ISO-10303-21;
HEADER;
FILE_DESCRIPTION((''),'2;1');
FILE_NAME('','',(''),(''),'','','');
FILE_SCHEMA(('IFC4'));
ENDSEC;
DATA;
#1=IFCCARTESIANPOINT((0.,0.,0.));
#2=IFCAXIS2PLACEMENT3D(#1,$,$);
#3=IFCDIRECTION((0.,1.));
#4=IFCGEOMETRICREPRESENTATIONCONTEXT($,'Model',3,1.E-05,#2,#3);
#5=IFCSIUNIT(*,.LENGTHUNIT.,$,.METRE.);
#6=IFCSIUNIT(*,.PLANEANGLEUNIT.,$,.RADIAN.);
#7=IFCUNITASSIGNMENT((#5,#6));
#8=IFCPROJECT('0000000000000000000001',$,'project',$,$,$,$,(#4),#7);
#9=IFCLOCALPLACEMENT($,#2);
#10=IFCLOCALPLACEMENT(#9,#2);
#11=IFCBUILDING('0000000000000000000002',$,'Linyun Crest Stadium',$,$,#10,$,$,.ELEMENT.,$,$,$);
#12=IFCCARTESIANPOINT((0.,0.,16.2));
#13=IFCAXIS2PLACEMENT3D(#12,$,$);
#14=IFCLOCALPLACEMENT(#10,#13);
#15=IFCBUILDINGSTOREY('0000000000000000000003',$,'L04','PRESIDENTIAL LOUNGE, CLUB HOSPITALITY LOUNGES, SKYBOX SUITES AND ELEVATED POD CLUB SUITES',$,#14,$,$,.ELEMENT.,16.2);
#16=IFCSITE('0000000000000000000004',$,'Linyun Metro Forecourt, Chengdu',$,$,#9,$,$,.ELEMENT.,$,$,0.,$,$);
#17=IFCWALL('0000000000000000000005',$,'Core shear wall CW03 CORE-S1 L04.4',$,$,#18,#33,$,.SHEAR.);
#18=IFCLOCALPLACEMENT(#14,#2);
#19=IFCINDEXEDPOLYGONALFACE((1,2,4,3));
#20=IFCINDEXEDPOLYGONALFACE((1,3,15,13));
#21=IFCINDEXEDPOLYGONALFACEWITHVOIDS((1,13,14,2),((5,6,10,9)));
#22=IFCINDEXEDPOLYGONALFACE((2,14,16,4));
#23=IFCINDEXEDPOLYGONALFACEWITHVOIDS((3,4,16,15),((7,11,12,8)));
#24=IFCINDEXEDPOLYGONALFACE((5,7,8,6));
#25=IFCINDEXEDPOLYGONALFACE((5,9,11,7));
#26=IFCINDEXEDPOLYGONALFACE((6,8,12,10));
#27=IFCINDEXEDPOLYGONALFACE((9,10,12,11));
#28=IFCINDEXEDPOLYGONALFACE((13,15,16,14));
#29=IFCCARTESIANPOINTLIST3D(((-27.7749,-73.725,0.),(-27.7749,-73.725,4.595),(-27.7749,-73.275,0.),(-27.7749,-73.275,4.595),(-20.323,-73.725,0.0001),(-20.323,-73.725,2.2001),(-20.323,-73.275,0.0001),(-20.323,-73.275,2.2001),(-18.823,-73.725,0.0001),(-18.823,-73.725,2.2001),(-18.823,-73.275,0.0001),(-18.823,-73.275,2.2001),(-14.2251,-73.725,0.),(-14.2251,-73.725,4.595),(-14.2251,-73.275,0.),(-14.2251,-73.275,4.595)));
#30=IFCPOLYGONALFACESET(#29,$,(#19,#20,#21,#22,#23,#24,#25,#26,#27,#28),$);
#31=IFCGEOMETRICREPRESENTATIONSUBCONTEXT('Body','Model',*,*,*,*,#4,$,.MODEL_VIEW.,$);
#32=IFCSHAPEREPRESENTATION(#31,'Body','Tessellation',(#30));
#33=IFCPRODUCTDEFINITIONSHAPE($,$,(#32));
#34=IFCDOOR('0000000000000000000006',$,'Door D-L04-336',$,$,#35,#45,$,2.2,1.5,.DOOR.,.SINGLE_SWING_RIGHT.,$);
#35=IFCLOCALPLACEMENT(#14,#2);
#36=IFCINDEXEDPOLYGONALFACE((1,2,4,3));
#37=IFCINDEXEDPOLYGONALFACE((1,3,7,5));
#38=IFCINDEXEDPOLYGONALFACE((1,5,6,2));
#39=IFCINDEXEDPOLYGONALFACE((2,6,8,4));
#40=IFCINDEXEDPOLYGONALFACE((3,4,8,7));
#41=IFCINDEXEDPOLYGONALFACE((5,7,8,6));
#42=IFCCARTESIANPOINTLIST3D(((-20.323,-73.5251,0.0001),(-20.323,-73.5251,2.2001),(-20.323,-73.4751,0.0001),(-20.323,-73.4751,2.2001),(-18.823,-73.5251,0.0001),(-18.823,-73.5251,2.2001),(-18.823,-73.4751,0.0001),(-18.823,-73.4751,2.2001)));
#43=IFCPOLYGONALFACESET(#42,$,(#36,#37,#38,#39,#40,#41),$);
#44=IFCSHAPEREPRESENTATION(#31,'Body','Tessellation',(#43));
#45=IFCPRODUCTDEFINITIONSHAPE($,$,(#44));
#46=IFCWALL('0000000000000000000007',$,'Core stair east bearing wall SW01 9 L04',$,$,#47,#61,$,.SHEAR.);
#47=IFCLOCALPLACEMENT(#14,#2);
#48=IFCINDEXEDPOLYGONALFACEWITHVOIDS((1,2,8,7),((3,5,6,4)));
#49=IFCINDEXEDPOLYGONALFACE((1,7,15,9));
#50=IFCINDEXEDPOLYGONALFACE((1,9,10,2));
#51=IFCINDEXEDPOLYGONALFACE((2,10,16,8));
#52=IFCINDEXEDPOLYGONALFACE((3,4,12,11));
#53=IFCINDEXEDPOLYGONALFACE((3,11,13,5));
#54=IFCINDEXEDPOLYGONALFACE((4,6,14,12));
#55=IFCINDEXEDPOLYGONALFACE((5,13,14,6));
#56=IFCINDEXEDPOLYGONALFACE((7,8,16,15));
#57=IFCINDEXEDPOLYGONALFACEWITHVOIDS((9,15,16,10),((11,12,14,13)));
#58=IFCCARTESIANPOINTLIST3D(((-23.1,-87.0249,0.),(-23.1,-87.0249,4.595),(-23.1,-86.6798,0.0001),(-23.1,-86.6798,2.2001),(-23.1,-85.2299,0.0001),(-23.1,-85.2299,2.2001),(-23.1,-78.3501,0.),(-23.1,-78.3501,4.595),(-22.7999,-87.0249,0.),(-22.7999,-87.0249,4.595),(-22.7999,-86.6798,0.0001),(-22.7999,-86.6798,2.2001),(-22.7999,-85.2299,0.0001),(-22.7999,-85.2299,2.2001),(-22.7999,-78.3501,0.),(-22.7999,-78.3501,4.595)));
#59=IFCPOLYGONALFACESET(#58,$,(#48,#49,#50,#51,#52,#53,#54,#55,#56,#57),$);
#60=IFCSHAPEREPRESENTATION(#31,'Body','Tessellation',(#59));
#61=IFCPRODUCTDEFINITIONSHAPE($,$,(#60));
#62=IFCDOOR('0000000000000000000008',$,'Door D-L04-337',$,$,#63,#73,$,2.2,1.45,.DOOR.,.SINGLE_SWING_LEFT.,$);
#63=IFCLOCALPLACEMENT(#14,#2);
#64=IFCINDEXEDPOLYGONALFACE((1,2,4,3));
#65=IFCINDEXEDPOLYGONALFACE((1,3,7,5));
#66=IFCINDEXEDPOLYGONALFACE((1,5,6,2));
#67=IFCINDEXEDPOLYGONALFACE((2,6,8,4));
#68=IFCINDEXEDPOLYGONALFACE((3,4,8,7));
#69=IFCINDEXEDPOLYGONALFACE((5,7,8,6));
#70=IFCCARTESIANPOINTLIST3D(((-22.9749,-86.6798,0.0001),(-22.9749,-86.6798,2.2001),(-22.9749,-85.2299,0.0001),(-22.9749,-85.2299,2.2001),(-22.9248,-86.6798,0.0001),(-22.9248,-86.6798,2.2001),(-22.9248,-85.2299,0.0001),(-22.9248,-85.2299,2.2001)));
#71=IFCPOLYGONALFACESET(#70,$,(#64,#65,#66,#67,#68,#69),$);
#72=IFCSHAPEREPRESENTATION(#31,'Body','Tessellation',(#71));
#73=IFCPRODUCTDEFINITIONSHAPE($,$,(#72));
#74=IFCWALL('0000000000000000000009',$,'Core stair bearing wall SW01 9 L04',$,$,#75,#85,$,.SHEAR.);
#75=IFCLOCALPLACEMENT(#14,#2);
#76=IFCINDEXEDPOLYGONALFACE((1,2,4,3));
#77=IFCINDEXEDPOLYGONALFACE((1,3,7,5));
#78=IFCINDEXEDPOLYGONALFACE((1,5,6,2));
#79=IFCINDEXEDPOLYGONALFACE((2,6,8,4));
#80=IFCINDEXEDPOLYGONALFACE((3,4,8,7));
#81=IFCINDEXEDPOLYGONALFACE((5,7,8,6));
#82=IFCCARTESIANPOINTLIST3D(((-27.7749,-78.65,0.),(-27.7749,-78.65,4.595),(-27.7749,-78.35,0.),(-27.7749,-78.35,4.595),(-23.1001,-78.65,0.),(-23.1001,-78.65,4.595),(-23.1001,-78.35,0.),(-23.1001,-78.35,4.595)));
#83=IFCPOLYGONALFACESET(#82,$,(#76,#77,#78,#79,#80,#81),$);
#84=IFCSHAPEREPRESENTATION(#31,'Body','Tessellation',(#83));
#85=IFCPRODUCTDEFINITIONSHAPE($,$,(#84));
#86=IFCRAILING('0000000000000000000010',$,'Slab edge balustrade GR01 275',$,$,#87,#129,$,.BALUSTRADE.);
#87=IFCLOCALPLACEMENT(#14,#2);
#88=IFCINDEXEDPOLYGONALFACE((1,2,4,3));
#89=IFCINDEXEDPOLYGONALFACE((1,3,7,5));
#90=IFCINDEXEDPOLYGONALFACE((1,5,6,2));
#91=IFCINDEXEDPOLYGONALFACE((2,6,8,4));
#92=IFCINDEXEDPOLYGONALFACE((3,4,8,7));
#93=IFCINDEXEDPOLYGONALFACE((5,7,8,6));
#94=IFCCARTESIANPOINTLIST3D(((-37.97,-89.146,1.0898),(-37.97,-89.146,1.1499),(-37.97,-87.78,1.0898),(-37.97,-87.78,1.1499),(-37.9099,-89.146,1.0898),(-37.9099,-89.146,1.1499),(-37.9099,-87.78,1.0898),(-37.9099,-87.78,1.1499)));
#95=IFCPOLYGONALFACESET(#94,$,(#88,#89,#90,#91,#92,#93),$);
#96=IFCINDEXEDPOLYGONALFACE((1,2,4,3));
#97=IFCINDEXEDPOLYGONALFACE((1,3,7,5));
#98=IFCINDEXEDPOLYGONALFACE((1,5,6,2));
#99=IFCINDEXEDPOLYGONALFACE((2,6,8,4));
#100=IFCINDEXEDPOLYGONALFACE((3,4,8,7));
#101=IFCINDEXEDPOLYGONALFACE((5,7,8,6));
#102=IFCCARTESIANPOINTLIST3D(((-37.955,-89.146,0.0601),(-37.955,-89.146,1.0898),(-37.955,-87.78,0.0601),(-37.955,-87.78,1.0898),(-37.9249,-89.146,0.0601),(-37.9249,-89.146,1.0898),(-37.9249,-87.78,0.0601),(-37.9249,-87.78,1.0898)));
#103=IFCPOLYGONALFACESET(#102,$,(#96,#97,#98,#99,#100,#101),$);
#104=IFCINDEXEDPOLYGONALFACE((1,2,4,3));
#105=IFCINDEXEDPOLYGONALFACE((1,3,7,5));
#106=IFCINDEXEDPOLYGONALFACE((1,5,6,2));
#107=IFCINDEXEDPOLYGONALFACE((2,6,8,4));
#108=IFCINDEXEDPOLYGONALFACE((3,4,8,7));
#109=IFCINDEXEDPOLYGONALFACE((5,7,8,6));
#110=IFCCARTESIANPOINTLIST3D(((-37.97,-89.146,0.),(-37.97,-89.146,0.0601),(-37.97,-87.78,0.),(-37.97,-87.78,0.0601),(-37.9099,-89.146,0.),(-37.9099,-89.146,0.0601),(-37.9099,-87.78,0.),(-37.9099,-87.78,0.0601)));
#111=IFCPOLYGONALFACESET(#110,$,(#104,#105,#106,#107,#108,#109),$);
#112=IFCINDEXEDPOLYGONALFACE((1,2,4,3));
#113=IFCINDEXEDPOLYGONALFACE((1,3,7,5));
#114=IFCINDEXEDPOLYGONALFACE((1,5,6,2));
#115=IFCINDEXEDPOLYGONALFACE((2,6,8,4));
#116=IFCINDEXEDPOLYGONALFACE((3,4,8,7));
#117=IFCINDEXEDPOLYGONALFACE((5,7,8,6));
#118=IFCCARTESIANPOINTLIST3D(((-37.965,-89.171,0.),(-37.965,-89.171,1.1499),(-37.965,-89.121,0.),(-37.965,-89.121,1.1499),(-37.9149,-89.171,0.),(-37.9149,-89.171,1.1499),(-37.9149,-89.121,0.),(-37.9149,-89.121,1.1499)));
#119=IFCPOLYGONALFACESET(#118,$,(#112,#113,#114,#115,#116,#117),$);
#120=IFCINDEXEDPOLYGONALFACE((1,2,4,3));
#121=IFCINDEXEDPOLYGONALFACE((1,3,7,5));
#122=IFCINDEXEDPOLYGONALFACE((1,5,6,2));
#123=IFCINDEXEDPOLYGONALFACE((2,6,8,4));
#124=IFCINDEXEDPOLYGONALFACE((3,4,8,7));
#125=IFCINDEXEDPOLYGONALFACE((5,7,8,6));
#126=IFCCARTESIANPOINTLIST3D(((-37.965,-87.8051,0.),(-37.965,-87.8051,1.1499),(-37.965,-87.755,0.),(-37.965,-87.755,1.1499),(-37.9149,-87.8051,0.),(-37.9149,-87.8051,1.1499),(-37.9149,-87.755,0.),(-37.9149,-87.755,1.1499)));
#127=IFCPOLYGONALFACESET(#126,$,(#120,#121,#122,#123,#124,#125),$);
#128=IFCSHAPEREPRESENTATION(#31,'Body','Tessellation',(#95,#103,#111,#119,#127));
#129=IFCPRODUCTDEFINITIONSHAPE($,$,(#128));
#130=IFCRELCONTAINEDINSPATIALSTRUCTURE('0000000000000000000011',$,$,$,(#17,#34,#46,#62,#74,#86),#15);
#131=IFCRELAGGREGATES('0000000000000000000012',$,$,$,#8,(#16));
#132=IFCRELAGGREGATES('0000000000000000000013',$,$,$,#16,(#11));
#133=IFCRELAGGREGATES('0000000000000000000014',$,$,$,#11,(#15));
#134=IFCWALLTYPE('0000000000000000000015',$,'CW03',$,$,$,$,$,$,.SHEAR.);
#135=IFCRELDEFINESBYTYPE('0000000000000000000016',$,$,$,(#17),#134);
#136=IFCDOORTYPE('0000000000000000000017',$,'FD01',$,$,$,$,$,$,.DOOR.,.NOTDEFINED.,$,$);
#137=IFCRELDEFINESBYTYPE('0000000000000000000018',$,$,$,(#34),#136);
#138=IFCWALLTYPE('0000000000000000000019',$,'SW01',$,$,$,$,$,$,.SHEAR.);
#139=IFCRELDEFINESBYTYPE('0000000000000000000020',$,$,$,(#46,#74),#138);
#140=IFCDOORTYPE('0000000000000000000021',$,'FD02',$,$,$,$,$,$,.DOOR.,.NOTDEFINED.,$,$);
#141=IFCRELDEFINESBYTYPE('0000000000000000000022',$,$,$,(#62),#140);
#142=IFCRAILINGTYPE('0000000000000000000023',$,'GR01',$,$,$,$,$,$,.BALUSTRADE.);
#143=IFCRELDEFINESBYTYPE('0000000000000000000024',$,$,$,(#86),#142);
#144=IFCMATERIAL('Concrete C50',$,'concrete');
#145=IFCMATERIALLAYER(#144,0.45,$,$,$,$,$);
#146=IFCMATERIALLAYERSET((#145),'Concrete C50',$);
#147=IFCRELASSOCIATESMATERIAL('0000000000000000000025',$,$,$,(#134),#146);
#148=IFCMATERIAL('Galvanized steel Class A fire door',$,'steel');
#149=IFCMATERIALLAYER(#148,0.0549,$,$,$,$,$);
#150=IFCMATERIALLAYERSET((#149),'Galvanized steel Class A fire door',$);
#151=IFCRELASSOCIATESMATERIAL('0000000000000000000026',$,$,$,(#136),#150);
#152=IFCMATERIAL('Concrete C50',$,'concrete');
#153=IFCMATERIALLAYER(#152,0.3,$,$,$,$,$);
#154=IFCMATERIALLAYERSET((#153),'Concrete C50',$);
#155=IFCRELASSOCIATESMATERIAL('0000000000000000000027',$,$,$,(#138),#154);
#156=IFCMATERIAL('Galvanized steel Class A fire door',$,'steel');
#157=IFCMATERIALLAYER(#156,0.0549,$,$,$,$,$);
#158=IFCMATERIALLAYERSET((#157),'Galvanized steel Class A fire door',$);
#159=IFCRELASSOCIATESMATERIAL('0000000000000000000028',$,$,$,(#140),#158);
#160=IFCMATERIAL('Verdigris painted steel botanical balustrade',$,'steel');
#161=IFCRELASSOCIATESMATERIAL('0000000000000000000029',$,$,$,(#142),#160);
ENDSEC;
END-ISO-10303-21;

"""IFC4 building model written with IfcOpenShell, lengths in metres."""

from ifc_helpers import new_model, si_unit, direction, frame, frame_2d, origin, origin_2d, place, context, subcontext, project, spatial, rectangle, extrude, material, layer, layer_set, type_object, element, fill, save


model = new_model("IFC4")

# Units and contexts
model_context = context("Model", 3, precision=1e-05, world=origin(), true_north=direction((0.0, 1.0)))
body_context = subcontext(model_context, "Body", "Model", "MODEL_VIEW")
ifc_project = project(units=[si_unit("LENGTHUNIT", "METRE"), si_unit("PLANEANGLEUNIT", "RADIAN")], contexts=[model_context])

# Site, building, storey
site_placement = place(None, origin())
site = spatial("IfcSite", under=ifc_project, at=site_placement, Name="Linyun Metro Forecourt, Chengdu", CompositionType="ELEMENT", RefElevation=0.0)
building_placement = place(site_placement, origin())
building = spatial("IfcBuilding", under=site, at=building_placement, Name="Linyun Crest Stadium", CompositionType="ELEMENT")
storey_placement = place(building_placement, frame((0.0, 0.0, 16.2)))
storey = spatial("IfcBuildingStorey", under=building, at=storey_placement, Name="L04", Description="PRESIDENTIAL LOUNGE, CLUB HOSPITALITY LOUNGES, SKYBOX SUITES AND ELEVATED POD CLUB SUITES", CompositionType="ELEMENT", Elevation=16.2)

# Shared definitions
ifc_material_1 = material(Name="Concrete C50", Category="concrete")
ifc_layer_1 = layer(ifc_material_1, 0.45)
ifc_layer_set_1 = layer_set([ifc_layer_1], Name="Concrete C50")
wall_type_1 = type_object("IfcWallType", Name="CW03", PredefinedType="SHEAR", material=ifc_layer_set_1)

# Walls, openings, doors
wall_1_placement = place(storey_placement, frame((-27.7749, -73.5, 0.0), z_axis=(0.0, 0.0, 1.0), x_axis=(1.0, 0.0, 0.0)))
wall_1 = element("IfcWall", 1, at=wall_1_placement, inside=storey, type_object=wall_type_1, Name="Core shear wall CW03 CORE-S1 L04.4", PredefinedType="SHEAR", context=body_context, shape_type="SweptSolid", body=[
    extrude(rectangle(XDim=13.5498, YDim=0.45, at=frame_2d((6.7749, 0.0))), origin(), (0.0, 0.0, 1.0), 4.595),
])
opening_1_placement = place(wall_1_placement, frame((7.4519, 0.0, 0.0)))
opening_1 = element("IfcOpeningElement", 2, at=opening_1_placement, cuts=wall_1, PredefinedType="OPENING", context=body_context, shape_type="SweptSolid", body=[
    extrude(rectangle(XDim=1.5, YDim=2.2, at=frame_2d((0.75, 1.1001))), frame((0.0, 0.2349, 0.0), z_axis=(0.0, -1.0, 0.0), x_axis=(1.0, 0.0, 0.0)), (0.0, 0.0, 1.0), 0.47),
])
ifc_material_2 = material(Name="Galvanized steel Class A fire door", Category="steel")
ifc_layer_2 = layer(ifc_material_2, 0.0549)
ifc_layer_set_2 = layer_set([ifc_layer_2], Name="Galvanized steel Class A fire door")
door_type_1 = type_object("IfcDoorType", Name="FD01", OperationType="NOTDEFINED", PredefinedType="DOOR", material=ifc_layer_set_2)
door_1_placement = place(opening_1_placement, origin())
door_1 = element("IfcDoor", 3, at=door_1_placement, inside=storey, type_object=door_type_1, Name="Door D-L04-336", OperationType="SINGLE_SWING_RIGHT", OverallHeight=2.2, OverallWidth=1.5, PredefinedType="DOOR", context=body_context, shape_type="SweptSolid", body=[
    extrude(rectangle(XDim=1.5, YDim=2.2, at=frame_2d((0.75, 1.1001))), frame((0.0, 0.0249, 0.0), z_axis=(0.0, -1.0, 0.0), x_axis=(1.0, 0.0, 0.0)), (0.0, 0.0, 1.0), 0.05),
])
fill(opening_1, door_1)
ifc_material_3 = material(Name="Concrete C50", Category="concrete")
ifc_layer_3 = layer(ifc_material_3, 0.3)
ifc_layer_set_3 = layer_set([ifc_layer_3], Name="Concrete C50")
wall_type_2 = type_object("IfcWallType", Name="SW01", PredefinedType="SHEAR", material=ifc_layer_set_3)
wall_2_placement = place(storey_placement, frame((-22.95, -87.0249, 0.0), z_axis=(0.0, 0.0, 1.0), x_axis=(0.0, 1.0, 0.0)))
wall_2 = element("IfcWall", 4, at=wall_2_placement, inside=storey, type_object=wall_type_2, Name="Core stair east bearing wall SW01 9 L04", PredefinedType="SHEAR", context=body_context, shape_type="SweptSolid", body=[
    extrude(rectangle(XDim=8.6748, YDim=0.3, at=frame_2d((4.3374, 0.0))), origin(), (0.0, 0.0, 1.0), 4.595),
])
opening_2_placement = place(wall_2_placement, frame((0.345, 0.0, 0.0)))
opening_2 = element("IfcOpeningElement", 5, at=opening_2_placement, cuts=wall_2, PredefinedType="OPENING", context=body_context, shape_type="SweptSolid", body=[
    extrude(rectangle(XDim=1.45, YDim=2.2, at=frame_2d((0.7251, 1.1001))), frame((0.0, 0.1599, 0.0), z_axis=(0.0, -1.0, 0.0), x_axis=(1.0, 0.0, 0.0)), (0.0, 0.0, 1.0), 0.3201),
])
ifc_material_4 = material(Name="Galvanized steel Class A fire door", Category="steel")
ifc_layer_4 = layer(ifc_material_4, 0.0549)
ifc_layer_set_4 = layer_set([ifc_layer_4], Name="Galvanized steel Class A fire door")
door_type_2 = type_object("IfcDoorType", Name="FD02", OperationType="NOTDEFINED", PredefinedType="DOOR", material=ifc_layer_set_4)
door_2_placement = place(opening_2_placement, origin())
door_2 = element("IfcDoor", 6, at=door_2_placement, inside=storey, type_object=door_type_2, Name="Door D-L04-337", OperationType="SINGLE_SWING_LEFT", OverallHeight=2.2, OverallWidth=1.45, PredefinedType="DOOR", context=body_context, shape_type="SweptSolid", body=[
    extrude(rectangle(XDim=1.45, YDim=2.2, at=frame_2d((0.7251, 1.1001))), frame((0.0, 0.0249, 0.0), z_axis=(0.0, -1.0, 0.0), x_axis=(1.0, 0.0, 0.0)), (0.0, 0.0, 1.0), 0.05),
])
fill(opening_2, door_2)

# Wall
wall_3_placement = place(storey_placement, frame((-27.7749, -78.5, 0.0), z_axis=(0.0, 0.0, 1.0), x_axis=(1.0, 0.0, 0.0)))
element("IfcWall", 7, at=wall_3_placement, inside=storey, type_object=wall_type_2, Name="Core stair bearing wall SW01 9 L04", PredefinedType="SHEAR", context=body_context, shape_type="SweptSolid", body=[
    extrude(rectangle(XDim=4.6748, YDim=0.3, at=frame_2d((2.3374, 0.0))), origin(), (0.0, 0.0, 1.0), 4.595),
])

# Railing
ifc_material_5 = material(Name="Verdigris painted steel botanical balustrade", Category="steel")
railing_type_1 = type_object("IfcRailingType", Name="GR01", PredefinedType="BALUSTRADE", material=ifc_material_5)
railing_1_placement = place(storey_placement, frame((-37.9399, -89.146, 0.0)))
element("IfcRailing", 8, at=railing_1_placement, inside=storey, type_object=railing_type_1, Name="Slab edge balustrade GR01 275", PredefinedType="BALUSTRADE", context=body_context, shape_type="SweptSolid", body=[
    extrude(rectangle(XDim=0.0601, YDim=0.0601, at=origin_2d()), frame((0.0, 0.0, 1.1199), z_axis=(0.0, 1.0, 0.0), x_axis=(-1.0, 0.0, 0.0)), (0.0, 0.0, 1.0), 1.366),
    extrude(rectangle(XDim=0.03, YDim=1.0298, at=origin_2d()), frame((0.0, 0.0, 0.575), z_axis=(0.0, 1.0, 0.0), x_axis=(-1.0, 0.0, 0.0)), (0.0, 0.0, 1.0), 1.366),
    extrude(rectangle(XDim=0.0601, YDim=0.0601, at=origin_2d()), frame((0.0, 0.0, 0.03), z_axis=(0.0, 1.0, 0.0), x_axis=(-1.0, 0.0, 0.0)), (0.0, 0.0, 1.0), 1.366),
    extrude(rectangle(XDim=0.05, YDim=0.05, at=origin_2d()), origin(), (0.0, 0.0, 1.0), 1.1499),
    extrude(rectangle(XDim=0.05, YDim=0.05, at=origin_2d()), frame((0.0, 1.366, 0.0)), (0.0, 0.0, 1.0), 1.1499),
])

save(model, "model.ifc")
